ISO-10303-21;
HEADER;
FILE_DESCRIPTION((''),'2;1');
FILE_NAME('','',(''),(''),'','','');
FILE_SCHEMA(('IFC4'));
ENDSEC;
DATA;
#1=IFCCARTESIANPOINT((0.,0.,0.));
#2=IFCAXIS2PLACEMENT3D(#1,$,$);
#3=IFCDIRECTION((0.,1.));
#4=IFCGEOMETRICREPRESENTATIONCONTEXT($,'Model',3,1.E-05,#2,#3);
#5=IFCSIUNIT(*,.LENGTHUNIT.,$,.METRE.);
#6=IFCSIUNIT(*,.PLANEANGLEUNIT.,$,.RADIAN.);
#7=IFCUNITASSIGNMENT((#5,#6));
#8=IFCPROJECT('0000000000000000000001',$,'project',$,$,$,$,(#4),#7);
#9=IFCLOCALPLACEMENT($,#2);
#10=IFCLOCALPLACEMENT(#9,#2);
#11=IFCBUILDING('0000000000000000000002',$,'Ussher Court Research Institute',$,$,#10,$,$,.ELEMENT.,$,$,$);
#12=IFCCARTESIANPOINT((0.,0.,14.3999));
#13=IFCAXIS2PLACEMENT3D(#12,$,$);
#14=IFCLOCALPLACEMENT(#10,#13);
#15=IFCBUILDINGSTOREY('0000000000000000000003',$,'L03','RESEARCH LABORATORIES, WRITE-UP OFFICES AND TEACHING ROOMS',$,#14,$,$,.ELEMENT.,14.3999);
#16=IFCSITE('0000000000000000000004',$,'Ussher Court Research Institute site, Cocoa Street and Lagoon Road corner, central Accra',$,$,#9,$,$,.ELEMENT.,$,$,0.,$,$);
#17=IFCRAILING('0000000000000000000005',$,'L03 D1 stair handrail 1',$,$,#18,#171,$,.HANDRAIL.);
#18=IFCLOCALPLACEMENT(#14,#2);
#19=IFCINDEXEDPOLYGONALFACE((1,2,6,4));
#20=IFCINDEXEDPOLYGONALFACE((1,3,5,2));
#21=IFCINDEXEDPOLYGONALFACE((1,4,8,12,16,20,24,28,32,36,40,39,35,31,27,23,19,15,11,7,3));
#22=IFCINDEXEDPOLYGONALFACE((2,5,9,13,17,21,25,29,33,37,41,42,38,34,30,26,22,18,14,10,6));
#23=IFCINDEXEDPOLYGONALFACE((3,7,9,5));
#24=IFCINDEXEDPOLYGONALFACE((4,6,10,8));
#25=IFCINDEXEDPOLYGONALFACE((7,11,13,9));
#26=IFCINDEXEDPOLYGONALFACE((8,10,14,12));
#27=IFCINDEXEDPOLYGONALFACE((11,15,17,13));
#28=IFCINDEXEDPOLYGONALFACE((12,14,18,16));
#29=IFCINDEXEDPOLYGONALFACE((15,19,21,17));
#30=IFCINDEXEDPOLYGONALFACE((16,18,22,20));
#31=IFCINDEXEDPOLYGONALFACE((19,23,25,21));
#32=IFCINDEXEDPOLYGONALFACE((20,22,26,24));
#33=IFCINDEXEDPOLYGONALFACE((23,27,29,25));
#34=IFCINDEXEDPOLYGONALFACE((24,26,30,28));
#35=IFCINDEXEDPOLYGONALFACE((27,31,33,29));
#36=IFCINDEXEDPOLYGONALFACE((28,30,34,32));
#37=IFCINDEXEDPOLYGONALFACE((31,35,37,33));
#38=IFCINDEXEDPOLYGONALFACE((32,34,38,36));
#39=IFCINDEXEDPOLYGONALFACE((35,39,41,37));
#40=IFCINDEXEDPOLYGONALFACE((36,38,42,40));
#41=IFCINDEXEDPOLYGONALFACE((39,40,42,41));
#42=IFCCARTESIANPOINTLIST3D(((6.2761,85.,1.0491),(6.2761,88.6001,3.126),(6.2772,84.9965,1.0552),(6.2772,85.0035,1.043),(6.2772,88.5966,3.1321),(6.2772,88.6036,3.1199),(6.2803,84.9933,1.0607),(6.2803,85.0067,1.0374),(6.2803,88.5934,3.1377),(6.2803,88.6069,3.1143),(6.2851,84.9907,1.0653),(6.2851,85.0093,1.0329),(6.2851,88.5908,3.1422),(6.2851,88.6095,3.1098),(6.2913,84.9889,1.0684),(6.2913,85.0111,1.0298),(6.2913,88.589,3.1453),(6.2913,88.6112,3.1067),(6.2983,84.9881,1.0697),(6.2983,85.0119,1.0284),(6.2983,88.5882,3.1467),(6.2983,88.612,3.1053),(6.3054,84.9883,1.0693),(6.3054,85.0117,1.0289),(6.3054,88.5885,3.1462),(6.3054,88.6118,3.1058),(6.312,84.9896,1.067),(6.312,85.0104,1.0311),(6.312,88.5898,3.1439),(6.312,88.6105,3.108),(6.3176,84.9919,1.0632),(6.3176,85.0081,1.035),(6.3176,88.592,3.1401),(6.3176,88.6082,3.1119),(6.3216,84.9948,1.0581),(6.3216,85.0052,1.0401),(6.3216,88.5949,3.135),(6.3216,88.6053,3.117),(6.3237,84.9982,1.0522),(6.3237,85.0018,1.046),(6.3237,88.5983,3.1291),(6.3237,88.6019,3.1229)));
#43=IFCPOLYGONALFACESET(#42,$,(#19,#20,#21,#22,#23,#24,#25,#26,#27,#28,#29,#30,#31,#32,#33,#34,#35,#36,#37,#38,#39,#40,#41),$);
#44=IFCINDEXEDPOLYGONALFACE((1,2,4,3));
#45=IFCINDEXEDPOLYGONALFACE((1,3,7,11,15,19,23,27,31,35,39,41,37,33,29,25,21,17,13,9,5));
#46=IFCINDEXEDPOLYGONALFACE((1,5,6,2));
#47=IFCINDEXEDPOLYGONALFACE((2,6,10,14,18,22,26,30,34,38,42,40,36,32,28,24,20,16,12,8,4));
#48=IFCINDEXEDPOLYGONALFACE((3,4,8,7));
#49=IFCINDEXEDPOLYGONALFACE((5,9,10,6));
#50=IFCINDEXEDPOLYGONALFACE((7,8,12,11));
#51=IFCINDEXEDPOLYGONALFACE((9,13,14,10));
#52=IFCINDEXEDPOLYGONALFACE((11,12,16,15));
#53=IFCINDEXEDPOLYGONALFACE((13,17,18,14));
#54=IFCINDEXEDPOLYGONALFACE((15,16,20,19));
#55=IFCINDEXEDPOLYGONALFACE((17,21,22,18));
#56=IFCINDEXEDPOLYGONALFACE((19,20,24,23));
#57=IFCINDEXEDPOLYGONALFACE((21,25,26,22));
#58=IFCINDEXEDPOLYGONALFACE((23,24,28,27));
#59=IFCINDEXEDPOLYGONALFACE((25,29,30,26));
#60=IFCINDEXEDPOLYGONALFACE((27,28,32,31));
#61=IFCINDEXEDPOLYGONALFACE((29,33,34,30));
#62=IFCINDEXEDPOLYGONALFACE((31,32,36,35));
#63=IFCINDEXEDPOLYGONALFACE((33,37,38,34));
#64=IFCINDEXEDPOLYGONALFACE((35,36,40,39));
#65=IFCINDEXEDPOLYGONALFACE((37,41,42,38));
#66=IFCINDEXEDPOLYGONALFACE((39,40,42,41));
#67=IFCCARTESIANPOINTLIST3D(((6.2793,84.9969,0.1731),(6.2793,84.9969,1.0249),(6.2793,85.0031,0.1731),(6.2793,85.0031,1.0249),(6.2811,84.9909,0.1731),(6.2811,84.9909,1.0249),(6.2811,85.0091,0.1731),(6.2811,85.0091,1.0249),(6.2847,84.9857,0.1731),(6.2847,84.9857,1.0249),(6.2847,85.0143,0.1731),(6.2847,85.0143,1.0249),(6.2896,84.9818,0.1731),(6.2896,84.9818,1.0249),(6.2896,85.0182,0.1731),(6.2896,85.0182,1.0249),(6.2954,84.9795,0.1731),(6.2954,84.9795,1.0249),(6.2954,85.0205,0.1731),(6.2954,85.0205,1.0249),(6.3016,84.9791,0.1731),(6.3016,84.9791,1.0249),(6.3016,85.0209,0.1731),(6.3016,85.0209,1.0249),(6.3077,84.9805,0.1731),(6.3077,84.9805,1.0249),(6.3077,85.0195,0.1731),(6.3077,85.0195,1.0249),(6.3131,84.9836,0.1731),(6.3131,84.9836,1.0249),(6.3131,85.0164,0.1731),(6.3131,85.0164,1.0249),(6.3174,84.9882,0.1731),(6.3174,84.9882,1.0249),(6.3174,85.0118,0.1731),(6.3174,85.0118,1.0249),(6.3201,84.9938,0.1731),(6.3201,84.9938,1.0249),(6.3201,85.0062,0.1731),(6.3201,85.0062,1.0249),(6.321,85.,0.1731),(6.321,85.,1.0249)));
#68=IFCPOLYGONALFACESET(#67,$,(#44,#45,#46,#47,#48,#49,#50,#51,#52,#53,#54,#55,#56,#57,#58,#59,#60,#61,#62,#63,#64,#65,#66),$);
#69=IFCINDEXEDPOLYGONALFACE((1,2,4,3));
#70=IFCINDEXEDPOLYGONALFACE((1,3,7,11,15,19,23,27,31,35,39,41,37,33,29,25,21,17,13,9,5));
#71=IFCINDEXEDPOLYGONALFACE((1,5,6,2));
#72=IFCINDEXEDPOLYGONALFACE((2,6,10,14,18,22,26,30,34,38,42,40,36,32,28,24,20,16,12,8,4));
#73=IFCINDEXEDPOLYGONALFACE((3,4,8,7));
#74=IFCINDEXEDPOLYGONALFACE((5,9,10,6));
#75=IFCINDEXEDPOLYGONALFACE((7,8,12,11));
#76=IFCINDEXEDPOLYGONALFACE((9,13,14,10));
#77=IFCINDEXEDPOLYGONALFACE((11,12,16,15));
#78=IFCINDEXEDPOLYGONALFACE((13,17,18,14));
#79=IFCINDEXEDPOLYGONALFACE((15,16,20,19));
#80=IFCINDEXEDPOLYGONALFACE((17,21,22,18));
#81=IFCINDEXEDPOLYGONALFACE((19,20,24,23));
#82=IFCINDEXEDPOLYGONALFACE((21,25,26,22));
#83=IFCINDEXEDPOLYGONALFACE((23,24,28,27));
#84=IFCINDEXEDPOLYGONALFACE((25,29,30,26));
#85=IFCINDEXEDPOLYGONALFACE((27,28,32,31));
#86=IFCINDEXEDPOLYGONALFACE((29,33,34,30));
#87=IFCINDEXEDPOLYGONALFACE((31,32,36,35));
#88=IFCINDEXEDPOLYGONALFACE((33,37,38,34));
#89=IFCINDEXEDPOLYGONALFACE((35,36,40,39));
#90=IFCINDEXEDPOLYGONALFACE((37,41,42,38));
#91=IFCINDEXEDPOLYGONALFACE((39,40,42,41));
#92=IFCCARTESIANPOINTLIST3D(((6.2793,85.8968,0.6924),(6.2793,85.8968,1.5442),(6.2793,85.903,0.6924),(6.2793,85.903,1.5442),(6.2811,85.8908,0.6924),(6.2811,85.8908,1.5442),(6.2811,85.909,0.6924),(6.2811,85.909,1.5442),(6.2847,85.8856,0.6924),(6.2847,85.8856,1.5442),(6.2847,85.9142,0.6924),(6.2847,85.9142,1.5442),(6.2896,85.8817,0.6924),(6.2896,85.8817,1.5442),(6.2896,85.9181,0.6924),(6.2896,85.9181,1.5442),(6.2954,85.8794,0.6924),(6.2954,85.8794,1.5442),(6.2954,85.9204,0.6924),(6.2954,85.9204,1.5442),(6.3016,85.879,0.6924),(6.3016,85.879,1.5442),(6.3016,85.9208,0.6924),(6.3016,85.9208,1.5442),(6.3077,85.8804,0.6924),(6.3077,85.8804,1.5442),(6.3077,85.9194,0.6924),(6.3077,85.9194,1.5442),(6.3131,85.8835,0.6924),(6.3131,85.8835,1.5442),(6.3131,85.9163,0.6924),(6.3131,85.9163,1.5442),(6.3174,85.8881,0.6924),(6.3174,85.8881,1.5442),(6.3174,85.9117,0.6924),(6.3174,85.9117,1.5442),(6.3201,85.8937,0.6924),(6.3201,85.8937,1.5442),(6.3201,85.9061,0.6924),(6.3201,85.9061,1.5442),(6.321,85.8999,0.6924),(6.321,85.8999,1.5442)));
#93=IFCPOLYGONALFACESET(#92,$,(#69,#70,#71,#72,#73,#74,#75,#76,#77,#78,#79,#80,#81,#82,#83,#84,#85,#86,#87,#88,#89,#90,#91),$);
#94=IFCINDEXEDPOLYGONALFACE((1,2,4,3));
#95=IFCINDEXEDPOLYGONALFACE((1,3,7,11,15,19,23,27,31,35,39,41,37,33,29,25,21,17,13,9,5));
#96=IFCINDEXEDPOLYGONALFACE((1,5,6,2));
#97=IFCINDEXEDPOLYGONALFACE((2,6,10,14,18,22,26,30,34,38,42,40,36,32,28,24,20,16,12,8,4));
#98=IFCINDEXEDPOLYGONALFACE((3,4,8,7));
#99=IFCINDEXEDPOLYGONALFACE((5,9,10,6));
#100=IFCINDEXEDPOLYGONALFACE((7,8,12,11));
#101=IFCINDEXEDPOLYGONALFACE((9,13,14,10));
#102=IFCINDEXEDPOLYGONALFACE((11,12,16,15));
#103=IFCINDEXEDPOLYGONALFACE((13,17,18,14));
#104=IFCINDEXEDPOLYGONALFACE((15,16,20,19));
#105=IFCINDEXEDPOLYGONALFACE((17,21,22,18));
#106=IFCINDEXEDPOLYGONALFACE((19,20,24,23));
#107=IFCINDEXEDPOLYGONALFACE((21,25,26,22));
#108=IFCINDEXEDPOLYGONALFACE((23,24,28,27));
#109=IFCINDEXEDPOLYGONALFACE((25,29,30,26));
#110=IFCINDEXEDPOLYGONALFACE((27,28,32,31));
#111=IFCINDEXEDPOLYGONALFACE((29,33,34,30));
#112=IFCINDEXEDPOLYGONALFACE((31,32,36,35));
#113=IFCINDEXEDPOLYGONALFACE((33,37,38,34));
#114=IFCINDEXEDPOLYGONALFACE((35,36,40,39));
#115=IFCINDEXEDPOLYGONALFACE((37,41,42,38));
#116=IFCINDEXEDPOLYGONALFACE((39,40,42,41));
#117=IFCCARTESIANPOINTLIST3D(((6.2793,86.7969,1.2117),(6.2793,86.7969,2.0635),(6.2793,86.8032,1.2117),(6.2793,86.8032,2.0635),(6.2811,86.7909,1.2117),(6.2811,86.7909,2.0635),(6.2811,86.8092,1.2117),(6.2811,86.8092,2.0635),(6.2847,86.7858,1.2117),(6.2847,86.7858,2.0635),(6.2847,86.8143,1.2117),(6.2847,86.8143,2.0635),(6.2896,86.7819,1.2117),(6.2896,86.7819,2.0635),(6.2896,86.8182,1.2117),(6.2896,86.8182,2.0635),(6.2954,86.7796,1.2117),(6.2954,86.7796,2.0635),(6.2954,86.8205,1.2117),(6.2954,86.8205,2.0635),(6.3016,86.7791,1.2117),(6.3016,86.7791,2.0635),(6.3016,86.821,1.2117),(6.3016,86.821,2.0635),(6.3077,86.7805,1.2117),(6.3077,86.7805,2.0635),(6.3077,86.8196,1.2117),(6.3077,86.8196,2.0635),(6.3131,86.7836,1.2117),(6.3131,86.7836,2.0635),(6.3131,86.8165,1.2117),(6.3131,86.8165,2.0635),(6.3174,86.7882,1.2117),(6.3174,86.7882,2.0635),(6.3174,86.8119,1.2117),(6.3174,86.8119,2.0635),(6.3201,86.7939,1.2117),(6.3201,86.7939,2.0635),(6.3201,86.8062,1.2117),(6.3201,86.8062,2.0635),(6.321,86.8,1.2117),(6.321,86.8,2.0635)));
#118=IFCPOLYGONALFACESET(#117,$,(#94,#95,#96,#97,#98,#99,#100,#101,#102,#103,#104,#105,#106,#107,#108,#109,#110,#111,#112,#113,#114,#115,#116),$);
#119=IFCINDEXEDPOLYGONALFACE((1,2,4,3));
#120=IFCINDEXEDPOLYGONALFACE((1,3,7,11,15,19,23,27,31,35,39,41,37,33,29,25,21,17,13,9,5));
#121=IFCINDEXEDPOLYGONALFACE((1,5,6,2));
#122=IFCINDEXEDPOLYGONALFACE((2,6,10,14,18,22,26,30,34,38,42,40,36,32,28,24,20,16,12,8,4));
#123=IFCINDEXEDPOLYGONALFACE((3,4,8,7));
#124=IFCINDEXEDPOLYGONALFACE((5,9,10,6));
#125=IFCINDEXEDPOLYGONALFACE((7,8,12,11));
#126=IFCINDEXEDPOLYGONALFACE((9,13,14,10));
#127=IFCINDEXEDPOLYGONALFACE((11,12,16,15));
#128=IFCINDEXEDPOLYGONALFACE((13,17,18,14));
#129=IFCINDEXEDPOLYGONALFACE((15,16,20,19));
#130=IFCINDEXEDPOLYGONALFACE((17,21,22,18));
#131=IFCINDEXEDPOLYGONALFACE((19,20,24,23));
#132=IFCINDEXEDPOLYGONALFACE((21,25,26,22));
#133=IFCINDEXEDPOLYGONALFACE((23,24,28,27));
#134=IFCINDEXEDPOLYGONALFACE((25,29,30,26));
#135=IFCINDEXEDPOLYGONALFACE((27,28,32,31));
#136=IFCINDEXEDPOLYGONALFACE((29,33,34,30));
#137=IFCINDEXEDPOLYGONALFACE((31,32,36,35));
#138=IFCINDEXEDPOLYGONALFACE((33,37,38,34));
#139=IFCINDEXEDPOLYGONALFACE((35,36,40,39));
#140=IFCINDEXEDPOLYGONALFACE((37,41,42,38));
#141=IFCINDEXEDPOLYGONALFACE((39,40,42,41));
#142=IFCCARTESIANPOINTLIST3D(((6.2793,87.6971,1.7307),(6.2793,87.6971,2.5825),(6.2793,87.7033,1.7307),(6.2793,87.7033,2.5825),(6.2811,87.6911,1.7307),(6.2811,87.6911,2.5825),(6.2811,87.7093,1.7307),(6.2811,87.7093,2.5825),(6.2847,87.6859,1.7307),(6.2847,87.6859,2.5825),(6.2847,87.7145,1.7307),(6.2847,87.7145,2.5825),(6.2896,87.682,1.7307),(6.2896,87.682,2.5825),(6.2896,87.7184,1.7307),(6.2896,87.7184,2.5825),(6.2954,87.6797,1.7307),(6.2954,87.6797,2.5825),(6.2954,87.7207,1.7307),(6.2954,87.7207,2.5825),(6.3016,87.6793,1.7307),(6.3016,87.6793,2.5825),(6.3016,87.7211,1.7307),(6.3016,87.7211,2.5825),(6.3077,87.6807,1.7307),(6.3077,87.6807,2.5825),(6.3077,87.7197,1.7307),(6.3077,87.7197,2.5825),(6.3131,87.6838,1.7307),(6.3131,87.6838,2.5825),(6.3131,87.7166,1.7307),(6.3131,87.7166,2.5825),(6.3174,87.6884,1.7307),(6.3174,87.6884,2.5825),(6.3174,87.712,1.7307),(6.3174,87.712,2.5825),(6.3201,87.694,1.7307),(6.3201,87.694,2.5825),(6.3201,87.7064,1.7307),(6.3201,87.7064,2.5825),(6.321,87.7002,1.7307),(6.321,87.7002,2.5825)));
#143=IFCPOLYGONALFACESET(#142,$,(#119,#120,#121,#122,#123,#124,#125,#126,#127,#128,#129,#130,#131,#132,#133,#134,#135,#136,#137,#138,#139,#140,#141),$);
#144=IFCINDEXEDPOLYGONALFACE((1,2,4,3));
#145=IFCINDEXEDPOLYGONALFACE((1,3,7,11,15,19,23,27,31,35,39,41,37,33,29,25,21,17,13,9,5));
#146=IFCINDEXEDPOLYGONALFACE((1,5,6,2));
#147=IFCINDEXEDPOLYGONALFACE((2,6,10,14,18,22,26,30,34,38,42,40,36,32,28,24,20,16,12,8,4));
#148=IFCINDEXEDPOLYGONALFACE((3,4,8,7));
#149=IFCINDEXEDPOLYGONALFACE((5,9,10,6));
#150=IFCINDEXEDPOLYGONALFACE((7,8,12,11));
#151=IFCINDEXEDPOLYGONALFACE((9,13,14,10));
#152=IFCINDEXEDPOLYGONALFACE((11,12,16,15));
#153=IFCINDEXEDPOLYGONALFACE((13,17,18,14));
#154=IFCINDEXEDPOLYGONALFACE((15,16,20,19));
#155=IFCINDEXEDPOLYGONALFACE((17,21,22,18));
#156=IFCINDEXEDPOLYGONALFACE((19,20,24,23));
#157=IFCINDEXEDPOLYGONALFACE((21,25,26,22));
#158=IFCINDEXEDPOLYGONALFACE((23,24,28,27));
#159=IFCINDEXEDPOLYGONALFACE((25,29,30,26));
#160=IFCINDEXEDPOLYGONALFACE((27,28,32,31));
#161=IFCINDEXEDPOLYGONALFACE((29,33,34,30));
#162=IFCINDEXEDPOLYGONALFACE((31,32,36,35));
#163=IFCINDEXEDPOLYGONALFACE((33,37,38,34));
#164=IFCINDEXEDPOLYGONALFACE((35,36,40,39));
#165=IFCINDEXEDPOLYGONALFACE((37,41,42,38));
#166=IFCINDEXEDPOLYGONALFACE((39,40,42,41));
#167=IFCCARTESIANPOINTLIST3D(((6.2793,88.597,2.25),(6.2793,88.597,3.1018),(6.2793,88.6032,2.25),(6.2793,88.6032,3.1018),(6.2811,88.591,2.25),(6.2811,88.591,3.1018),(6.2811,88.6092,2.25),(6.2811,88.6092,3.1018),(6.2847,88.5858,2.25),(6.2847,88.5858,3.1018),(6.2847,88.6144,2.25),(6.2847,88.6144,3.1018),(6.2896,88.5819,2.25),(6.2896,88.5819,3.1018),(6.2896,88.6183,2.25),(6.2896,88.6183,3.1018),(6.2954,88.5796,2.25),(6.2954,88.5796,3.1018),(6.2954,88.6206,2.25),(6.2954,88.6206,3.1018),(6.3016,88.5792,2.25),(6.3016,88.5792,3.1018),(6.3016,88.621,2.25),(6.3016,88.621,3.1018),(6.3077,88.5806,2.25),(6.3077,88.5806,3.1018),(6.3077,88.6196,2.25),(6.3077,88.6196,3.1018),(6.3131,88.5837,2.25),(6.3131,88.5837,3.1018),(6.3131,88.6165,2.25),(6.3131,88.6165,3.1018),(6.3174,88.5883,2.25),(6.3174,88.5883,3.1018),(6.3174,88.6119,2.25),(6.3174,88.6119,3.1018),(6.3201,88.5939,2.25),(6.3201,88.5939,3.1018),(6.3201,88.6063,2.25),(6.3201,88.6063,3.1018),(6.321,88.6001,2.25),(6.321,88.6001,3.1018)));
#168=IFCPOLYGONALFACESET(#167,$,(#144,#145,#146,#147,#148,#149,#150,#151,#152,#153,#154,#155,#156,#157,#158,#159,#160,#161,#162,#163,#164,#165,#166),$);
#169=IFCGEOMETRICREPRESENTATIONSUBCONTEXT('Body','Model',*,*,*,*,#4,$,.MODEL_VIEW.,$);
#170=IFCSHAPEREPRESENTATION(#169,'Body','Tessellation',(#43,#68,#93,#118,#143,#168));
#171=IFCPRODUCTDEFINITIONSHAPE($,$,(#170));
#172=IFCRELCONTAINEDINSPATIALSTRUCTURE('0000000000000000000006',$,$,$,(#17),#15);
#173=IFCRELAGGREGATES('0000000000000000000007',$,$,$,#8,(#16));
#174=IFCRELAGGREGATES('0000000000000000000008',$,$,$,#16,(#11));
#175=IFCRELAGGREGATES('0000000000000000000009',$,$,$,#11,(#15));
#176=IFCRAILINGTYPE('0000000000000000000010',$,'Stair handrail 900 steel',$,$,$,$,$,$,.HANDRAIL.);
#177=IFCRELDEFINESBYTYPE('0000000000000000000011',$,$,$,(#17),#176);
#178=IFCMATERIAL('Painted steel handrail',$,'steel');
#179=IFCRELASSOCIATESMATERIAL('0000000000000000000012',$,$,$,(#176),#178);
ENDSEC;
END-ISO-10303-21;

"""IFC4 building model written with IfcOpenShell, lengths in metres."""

from ifc_helpers import new_model, si_unit, direction, frame, origin, origin_2d, place, context, subcontext, project, spatial, circle, extrude, material, type_object, element, save


model = new_model("IFC4")

# Units and contexts
model_context = context("Model", 3, precision=1e-05, world=origin(), true_north=direction((0.0, 1.0)))
body_context = subcontext(model_context, "Body", "Model", "MODEL_VIEW")
ifc_project = project(units=[si_unit("LENGTHUNIT", "METRE"), si_unit("PLANEANGLEUNIT", "RADIAN")], contexts=[model_context])

# Site, building, storey
site_placement = place(None, origin())
site = spatial("IfcSite", under=ifc_project, at=site_placement, Name="Ussher Court Research Institute site, Cocoa Street and Lagoon Road corner, central Accra", CompositionType="ELEMENT", RefElevation=0.0)
building_placement = place(site_placement, origin())
building = spatial("IfcBuilding", under=site, at=building_placement, Name="Ussher Court Research Institute", CompositionType="ELEMENT")
storey_placement = place(building_placement, frame((0.0, 0.0, 14.3999)))
storey = spatial("IfcBuildingStorey", under=building, at=storey_placement, Name="L03", Description="RESEARCH LABORATORIES, WRITE-UP OFFICES AND TEACHING ROOMS", CompositionType="ELEMENT", Elevation=14.3999)

# Railing
ifc_material_1 = material(Name="Painted steel handrail", Category="steel")
railing_type = type_object("IfcRailingType", Name="Stair handrail 900 steel", PredefinedType="HANDRAIL", material=ifc_material_1)
railing_placement = place(storey_placement, frame((6.3, 85.0, 0.1731)))
element("IfcRailing", 1, at=railing_placement, inside=storey, type_object=railing_type, Name="L03 D1 stair handrail 1", PredefinedType="HANDRAIL", context=body_context, shape_type="SweptSolid", body=[
    extrude(circle(Radius=0.0239, at=origin_2d()), frame((0.0, 0.0, 0.876), z_axis=(0.0, 0.866193, 0.499709), x_axis=(-1.0, 0.0, 0.0)), (0.0, 0.0, 1.0), 4.1562),
    extrude(circle(Radius=0.021, at=origin_2d()), origin(), (0.0, 0.0, 1.0), 0.8518),
    extrude(circle(Radius=0.021, at=origin_2d()), frame((0.0, 0.8999, 0.5193)), (0.0, 0.0, 1.0), 0.8518),
    extrude(circle(Radius=0.021, at=origin_2d()), frame((0.0, 1.8, 1.0386)), (0.0, 0.0, 1.0), 0.8518),
    extrude(circle(Radius=0.021, at=origin_2d()), frame((0.0, 2.7002, 1.5576)), (0.0, 0.0, 1.0), 0.8518),
    extrude(circle(Radius=0.021, at=origin_2d()), frame((0.0, 3.6001, 2.0769)), (0.0, 0.0, 1.0), 0.8518),
])

save(model, "model.ifc")
